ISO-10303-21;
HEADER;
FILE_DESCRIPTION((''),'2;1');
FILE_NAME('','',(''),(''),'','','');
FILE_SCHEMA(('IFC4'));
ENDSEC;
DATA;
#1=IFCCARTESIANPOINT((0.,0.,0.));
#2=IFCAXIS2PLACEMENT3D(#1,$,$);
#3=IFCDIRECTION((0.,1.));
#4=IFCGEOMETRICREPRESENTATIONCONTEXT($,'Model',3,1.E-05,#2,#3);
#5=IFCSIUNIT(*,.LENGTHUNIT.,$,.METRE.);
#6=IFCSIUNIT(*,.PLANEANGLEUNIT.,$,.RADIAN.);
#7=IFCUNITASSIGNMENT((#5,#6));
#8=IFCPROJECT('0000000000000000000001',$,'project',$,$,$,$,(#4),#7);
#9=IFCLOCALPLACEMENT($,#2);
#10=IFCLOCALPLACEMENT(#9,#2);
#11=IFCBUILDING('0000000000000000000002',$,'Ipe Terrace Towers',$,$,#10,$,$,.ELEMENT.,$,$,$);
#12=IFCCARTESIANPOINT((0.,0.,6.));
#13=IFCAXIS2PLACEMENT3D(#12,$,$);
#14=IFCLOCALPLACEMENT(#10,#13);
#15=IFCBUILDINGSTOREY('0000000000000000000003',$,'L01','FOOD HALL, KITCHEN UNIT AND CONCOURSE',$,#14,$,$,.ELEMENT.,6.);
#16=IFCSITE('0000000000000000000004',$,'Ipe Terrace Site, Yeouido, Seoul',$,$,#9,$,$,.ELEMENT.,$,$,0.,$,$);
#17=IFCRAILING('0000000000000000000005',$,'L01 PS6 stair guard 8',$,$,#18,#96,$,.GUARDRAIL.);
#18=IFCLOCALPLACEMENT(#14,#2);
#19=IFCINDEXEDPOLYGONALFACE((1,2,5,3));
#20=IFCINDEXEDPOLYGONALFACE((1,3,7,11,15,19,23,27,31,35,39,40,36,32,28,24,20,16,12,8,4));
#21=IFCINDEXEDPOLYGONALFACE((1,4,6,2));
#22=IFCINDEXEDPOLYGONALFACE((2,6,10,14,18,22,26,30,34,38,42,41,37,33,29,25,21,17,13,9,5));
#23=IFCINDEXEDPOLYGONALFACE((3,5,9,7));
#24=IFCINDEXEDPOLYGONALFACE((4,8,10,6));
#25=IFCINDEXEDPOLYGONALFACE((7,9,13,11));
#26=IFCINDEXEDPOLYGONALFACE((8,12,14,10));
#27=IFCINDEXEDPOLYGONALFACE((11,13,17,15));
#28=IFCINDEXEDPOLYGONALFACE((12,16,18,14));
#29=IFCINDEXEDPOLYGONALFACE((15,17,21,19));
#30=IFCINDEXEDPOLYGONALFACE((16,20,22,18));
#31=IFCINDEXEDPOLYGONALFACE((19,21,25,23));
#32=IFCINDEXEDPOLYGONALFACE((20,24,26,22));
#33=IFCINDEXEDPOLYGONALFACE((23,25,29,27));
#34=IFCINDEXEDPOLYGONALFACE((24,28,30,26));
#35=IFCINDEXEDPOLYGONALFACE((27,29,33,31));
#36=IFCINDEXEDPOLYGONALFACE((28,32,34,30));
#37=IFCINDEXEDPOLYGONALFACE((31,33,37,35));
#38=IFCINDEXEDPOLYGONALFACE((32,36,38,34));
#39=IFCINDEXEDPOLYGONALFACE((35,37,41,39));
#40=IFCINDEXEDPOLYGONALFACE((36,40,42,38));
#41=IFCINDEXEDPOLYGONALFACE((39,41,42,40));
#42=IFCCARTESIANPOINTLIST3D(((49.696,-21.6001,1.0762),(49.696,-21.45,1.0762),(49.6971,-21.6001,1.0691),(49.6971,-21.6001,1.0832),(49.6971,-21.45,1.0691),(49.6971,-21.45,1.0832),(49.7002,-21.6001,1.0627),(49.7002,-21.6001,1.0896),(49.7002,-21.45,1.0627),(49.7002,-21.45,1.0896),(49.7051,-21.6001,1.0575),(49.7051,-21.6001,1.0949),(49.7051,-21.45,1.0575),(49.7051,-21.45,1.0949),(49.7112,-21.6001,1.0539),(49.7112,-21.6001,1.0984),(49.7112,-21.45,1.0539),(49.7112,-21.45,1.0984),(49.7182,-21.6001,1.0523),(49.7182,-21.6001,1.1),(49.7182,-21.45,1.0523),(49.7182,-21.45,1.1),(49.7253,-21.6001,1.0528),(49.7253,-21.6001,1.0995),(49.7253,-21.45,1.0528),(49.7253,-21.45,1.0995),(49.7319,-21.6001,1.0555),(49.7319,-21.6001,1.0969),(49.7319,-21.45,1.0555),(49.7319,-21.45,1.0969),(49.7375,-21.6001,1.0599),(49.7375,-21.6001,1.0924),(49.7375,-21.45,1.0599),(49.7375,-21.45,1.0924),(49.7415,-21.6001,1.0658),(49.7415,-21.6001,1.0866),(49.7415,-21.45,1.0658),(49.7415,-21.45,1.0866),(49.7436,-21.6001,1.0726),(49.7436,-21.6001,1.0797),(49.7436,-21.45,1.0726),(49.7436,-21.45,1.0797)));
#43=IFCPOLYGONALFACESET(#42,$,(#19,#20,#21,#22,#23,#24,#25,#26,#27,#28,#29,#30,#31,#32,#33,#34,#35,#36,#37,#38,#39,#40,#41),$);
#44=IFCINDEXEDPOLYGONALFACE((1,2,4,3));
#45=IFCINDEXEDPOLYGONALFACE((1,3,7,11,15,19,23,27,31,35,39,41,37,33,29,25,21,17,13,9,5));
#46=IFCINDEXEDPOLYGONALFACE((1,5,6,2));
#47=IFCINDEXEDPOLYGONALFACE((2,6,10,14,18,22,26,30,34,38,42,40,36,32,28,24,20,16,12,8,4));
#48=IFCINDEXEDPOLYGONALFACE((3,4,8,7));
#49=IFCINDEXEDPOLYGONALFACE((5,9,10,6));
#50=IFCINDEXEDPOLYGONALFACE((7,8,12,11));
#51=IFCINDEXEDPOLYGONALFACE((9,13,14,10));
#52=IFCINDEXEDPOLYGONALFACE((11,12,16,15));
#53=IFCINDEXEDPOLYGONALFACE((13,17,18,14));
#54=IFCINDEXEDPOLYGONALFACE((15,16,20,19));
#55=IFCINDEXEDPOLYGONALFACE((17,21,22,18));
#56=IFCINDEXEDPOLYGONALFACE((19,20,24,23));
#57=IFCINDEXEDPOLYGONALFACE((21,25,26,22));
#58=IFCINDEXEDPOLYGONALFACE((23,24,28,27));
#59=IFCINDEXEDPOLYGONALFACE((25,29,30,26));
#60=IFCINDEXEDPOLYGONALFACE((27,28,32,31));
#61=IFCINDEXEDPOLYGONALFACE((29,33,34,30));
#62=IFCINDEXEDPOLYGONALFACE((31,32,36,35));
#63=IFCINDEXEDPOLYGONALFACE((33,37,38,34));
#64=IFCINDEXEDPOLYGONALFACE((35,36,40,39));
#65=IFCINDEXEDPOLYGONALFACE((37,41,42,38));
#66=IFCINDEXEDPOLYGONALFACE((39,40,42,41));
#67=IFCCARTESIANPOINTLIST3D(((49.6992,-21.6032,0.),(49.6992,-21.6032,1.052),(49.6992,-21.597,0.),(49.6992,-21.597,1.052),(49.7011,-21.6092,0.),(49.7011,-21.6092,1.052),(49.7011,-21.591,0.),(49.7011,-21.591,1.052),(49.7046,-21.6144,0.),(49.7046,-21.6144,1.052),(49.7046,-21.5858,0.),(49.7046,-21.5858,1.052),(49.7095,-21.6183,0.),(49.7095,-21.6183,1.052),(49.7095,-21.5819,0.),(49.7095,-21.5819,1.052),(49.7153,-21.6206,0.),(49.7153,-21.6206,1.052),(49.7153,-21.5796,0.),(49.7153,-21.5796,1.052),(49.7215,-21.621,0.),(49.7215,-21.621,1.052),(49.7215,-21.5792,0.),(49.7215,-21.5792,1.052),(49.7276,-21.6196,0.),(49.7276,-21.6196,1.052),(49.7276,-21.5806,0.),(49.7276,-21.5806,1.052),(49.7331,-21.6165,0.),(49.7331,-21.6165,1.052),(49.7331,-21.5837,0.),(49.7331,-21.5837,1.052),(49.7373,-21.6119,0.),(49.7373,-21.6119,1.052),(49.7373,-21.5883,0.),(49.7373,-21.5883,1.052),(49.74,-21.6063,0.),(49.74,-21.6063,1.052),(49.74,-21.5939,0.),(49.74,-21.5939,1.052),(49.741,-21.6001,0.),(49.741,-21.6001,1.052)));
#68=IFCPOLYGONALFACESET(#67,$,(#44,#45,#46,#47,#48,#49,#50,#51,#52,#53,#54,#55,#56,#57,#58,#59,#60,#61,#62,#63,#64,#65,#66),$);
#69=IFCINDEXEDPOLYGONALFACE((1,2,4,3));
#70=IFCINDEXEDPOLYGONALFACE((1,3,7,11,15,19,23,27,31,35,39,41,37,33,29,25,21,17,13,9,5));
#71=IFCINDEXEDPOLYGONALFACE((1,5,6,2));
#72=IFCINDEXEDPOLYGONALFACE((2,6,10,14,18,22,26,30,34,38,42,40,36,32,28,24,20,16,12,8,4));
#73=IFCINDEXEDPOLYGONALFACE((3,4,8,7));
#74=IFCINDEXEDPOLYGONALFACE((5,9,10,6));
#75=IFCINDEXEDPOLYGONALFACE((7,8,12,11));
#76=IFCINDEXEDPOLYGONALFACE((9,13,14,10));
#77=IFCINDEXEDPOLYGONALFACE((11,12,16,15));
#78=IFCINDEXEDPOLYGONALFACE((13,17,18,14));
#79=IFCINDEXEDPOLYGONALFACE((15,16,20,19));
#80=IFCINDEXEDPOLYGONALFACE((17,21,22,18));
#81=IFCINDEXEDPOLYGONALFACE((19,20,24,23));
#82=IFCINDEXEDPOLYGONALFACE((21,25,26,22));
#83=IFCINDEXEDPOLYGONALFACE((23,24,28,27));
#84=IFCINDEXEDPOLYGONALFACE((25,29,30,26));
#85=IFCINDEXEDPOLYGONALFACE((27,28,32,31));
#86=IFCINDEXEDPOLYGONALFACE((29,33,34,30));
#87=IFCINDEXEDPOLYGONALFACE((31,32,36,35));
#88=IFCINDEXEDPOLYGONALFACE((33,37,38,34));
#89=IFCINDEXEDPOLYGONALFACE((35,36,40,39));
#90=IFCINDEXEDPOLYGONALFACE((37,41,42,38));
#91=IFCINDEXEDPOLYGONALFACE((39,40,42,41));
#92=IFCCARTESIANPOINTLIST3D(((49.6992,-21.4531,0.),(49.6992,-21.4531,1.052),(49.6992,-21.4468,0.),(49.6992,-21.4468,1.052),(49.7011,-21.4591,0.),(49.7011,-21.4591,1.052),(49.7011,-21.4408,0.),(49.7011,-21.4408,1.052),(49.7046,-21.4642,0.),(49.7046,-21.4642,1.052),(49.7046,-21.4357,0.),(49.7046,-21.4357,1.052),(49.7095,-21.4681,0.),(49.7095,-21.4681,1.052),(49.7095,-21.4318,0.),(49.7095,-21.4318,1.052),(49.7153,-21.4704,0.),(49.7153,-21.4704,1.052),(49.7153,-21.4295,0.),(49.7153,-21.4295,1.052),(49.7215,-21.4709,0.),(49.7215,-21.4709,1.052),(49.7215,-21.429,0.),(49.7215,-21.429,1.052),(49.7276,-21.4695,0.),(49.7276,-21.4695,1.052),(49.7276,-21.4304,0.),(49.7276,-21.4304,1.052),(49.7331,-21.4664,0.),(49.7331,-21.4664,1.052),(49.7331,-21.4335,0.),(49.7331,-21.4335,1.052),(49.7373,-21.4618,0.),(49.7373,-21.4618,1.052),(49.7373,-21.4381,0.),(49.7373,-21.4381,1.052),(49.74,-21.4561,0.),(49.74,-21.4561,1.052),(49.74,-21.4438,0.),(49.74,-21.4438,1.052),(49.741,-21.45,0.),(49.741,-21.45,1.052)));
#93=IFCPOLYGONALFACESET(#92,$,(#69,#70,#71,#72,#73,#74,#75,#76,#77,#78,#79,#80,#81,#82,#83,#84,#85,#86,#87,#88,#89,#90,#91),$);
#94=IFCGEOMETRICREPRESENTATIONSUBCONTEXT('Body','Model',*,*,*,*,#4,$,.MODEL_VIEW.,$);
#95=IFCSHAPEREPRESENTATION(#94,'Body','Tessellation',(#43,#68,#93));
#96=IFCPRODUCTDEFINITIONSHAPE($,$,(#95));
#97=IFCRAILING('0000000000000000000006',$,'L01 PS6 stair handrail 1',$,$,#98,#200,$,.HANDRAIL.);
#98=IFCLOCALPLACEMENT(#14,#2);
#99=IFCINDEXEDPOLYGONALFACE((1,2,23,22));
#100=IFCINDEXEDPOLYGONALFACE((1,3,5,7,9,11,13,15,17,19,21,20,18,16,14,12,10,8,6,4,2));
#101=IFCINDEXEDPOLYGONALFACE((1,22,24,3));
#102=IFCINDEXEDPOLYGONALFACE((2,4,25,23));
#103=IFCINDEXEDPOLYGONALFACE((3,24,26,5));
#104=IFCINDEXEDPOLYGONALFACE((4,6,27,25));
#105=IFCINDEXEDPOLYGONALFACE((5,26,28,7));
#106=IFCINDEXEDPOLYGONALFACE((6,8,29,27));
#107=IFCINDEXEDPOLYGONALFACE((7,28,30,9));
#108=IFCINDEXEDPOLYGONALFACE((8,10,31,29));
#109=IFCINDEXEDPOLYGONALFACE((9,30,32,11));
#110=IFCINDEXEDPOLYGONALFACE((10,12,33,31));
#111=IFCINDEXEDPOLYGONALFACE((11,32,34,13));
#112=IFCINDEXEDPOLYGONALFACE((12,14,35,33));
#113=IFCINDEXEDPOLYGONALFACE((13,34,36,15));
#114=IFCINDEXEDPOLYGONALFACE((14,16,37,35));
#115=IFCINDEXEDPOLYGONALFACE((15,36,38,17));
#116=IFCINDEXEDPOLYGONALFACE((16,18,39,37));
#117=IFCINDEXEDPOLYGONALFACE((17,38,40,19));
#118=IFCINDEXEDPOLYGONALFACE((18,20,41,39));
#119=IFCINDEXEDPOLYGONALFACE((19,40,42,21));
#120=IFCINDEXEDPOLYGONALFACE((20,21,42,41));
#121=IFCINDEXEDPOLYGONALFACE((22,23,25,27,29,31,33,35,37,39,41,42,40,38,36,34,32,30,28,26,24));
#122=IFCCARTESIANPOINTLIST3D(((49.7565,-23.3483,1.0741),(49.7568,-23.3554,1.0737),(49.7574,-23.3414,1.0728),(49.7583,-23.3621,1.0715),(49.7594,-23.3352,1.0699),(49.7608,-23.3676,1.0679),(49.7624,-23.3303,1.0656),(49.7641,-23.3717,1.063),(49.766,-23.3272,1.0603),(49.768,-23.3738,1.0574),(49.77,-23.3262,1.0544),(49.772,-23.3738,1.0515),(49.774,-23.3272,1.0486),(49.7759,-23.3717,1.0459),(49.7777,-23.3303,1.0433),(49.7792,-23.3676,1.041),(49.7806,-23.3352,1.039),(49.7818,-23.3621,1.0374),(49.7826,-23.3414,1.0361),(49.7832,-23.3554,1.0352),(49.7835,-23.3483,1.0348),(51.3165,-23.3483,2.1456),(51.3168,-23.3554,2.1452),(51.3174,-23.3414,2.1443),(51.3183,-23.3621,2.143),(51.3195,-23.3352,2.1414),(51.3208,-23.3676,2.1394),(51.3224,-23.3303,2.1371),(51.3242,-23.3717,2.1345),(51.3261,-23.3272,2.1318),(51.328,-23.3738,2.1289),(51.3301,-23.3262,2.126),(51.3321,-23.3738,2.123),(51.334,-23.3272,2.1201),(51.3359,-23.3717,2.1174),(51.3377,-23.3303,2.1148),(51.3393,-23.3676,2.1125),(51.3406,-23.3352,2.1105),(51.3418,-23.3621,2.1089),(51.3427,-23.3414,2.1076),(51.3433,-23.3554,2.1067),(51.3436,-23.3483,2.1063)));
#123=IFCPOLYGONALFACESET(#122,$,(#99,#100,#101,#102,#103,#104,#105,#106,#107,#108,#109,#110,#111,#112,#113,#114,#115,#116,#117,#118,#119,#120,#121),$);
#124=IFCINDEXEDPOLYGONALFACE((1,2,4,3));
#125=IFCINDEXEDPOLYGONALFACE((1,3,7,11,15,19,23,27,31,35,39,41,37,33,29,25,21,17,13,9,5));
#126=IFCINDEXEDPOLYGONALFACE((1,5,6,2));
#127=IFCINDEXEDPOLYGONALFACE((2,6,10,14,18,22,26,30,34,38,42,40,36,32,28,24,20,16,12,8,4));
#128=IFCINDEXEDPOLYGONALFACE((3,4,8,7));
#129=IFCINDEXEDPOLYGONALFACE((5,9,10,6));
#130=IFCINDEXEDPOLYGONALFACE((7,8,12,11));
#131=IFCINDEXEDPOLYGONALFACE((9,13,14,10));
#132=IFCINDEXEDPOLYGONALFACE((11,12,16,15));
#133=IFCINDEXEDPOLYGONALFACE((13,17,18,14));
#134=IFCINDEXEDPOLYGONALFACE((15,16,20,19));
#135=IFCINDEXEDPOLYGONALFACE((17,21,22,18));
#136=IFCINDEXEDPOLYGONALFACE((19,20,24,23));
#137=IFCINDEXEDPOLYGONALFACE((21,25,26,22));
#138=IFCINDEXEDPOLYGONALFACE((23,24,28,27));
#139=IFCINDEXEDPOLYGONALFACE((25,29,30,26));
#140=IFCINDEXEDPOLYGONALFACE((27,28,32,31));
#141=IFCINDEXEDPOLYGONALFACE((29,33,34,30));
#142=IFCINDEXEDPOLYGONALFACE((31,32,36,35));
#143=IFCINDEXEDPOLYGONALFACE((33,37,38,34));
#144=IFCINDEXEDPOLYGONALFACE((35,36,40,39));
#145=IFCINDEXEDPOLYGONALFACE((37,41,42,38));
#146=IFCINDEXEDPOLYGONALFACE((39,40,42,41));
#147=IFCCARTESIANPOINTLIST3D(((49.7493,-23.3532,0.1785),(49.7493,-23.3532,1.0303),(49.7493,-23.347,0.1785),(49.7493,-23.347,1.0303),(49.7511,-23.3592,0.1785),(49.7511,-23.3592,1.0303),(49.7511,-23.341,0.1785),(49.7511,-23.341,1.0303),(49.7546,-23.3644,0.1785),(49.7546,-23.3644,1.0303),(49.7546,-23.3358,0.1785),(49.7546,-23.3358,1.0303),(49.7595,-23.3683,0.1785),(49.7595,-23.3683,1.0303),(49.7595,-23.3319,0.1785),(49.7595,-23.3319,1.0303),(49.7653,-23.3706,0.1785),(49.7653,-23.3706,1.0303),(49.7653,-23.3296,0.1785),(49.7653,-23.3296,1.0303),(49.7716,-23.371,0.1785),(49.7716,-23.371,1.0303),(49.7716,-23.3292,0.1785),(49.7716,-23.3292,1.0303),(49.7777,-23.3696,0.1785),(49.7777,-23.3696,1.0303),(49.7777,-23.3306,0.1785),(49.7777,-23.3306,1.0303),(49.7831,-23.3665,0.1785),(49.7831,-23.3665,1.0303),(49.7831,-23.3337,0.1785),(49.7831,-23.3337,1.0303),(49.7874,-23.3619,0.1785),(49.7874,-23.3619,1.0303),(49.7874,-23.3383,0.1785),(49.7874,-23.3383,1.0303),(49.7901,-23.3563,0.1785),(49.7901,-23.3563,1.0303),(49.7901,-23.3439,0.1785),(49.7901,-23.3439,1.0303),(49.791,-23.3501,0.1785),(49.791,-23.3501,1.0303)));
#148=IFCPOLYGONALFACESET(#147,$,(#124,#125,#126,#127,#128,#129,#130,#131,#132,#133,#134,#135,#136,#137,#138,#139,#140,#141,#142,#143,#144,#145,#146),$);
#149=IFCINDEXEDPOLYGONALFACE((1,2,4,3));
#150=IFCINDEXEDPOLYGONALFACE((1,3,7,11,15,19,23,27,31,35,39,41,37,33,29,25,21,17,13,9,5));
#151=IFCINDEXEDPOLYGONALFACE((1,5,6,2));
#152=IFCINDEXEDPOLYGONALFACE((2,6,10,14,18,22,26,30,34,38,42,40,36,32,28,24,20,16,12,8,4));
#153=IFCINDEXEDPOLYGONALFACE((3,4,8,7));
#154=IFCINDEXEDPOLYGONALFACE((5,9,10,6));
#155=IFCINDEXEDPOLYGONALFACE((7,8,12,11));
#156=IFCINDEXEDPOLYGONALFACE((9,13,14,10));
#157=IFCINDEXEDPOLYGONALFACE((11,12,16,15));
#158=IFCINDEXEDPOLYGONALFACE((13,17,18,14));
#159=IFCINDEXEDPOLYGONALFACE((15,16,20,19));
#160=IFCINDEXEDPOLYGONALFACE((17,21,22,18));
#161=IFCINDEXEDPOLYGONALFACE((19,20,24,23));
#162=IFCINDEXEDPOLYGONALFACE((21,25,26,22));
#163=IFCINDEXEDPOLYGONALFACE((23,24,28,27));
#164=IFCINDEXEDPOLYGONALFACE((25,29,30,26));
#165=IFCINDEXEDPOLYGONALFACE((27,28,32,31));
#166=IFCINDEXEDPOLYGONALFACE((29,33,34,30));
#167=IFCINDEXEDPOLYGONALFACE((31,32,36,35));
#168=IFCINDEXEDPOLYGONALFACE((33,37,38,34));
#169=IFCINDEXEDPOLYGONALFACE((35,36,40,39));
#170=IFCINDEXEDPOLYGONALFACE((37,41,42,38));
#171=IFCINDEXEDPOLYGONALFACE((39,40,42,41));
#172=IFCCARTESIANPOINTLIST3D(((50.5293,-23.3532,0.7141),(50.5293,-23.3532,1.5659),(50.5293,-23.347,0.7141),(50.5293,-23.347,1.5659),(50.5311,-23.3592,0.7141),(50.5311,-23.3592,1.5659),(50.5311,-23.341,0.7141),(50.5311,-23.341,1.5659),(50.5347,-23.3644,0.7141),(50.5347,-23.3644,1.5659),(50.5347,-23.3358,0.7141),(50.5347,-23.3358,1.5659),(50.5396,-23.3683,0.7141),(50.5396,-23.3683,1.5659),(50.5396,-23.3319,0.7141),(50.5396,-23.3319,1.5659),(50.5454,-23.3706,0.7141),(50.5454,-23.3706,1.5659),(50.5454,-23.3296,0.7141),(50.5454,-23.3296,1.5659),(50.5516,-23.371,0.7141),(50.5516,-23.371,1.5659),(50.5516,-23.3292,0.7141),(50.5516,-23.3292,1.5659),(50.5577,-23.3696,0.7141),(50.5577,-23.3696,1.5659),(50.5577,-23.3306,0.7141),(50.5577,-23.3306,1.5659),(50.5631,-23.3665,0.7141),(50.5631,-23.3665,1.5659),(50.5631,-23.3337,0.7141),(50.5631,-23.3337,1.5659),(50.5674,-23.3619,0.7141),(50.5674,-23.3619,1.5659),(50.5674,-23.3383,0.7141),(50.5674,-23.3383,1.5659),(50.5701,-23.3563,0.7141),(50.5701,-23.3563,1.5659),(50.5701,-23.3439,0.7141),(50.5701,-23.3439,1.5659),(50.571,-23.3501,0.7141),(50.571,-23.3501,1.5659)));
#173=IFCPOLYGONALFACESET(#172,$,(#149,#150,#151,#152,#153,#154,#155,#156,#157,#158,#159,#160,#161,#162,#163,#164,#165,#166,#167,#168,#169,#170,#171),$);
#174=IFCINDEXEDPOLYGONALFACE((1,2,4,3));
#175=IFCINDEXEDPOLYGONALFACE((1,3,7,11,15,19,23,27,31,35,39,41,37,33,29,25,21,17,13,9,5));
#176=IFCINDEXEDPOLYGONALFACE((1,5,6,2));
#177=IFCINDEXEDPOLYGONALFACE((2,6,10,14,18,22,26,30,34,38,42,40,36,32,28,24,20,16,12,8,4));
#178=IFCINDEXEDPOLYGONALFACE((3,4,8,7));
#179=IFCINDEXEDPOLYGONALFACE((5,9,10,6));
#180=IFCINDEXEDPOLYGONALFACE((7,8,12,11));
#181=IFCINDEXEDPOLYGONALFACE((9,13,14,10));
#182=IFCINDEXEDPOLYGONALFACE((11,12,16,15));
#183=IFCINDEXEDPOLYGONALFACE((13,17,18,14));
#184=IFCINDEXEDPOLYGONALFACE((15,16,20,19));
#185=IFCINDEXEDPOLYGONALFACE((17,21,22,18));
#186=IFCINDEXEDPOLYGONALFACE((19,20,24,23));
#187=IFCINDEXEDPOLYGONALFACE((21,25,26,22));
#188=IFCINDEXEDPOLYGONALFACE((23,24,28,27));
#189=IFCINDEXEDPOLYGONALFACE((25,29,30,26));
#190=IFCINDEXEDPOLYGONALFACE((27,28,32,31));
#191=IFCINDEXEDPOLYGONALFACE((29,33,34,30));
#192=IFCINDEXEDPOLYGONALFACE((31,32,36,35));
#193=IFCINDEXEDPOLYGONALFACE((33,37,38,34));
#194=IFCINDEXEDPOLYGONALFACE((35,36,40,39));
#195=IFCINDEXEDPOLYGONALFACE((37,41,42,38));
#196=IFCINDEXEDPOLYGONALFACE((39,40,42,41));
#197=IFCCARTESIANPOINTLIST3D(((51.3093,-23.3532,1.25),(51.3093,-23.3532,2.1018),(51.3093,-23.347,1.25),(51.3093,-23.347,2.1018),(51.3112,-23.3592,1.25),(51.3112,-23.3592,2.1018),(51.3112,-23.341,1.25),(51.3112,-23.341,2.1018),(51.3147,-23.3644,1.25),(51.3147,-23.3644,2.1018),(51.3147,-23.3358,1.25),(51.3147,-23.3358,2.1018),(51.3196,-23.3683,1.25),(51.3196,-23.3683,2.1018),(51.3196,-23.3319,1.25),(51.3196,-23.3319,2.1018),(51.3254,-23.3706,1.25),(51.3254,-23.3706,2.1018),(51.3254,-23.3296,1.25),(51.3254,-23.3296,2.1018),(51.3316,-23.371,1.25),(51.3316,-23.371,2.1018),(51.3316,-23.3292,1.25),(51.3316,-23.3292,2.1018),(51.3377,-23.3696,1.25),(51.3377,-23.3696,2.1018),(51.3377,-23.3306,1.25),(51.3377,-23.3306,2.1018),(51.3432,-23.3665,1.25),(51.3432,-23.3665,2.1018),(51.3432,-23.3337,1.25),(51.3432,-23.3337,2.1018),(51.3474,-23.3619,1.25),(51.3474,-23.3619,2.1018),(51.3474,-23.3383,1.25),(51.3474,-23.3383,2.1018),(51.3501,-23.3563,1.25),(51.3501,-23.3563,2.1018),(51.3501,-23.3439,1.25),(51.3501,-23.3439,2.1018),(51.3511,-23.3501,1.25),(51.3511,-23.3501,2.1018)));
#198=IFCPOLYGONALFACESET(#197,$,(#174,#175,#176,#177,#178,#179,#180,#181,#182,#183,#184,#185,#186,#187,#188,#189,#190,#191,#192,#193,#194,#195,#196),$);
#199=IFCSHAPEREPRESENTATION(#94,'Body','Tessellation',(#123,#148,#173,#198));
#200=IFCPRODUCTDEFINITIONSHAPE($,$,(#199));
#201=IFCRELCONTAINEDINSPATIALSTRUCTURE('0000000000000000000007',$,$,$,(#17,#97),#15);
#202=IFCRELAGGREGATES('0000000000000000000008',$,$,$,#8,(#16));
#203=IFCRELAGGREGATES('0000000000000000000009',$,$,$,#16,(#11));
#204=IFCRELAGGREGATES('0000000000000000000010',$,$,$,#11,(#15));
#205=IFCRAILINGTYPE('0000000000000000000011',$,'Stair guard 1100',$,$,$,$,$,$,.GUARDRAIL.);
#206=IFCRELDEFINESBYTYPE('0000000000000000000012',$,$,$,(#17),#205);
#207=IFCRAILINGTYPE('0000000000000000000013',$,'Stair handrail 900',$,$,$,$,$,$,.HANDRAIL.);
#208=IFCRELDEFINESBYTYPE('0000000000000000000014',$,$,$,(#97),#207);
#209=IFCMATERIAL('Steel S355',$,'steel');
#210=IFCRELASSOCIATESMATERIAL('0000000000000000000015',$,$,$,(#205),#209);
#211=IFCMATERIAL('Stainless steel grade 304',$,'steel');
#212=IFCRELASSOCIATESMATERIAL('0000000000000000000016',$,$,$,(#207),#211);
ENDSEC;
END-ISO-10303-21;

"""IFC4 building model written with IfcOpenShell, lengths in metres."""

from ifc_helpers import new_model, si_unit, direction, frame, origin, origin_2d, place, context, subcontext, project, spatial, circle, extrude, material, type_object, element, save


model = new_model("IFC4")

# Units and contexts
model_context = context("Model", 3, precision=1e-05, world=origin(), true_north=direction((0.0, 1.0)))
body_context = subcontext(model_context, "Body", "Model", "MODEL_VIEW")
ifc_project = project(units=[si_unit("LENGTHUNIT", "METRE"), si_unit("PLANEANGLEUNIT", "RADIAN")], contexts=[model_context])

# Site, building, storey
site_placement = place(None, origin())
site = spatial("IfcSite", under=ifc_project, at=site_placement, Name="Ipe Terrace Site, Yeouido, Seoul", CompositionType="ELEMENT", RefElevation=0.0)
building_placement = place(site_placement, origin())
building = spatial("IfcBuilding", under=site, at=building_placement, Name="Ipe Terrace Towers", CompositionType="ELEMENT")
storey_placement = place(building_placement, frame((0.0, 0.0, 6.0)))
storey = spatial("IfcBuildingStorey", under=building, at=storey_placement, Name="L01", Description="FOOD HALL, KITCHEN UNIT AND CONCOURSE", CompositionType="ELEMENT", Elevation=6.0)

# Railings
ifc_material_1 = material(Name="Steel S355", Category="steel")
railing_type_1 = type_object("IfcRailingType", Name="Stair guard 1100", PredefinedType="GUARDRAIL", material=ifc_material_1)
for number, where, name in (
    (1, (49.72, -21.6001, 0.0), "L01 PS6 stair guard 8"),
):
    element("IfcRailing", number, at=place(storey_placement, frame(where)), inside=storey, type_object=railing_type_1, Name=name, PredefinedType="GUARDRAIL", context=body_context, shape_type="SweptSolid", body=[
        extrude(circle(Radius=0.0239, at=origin_2d()), frame((0.0, 0.0, 1.0762), z_axis=(0.0, 1.0, 0.0), x_axis=(-1.0, 0.0, 0.0)), (0.0, 0.0, 1.0), 0.1501),
        extrude(circle(Radius=0.021, at=origin_2d()), origin(), (0.0, 0.0, 1.0), 1.052),
        extrude(circle(Radius=0.021, at=origin_2d()), frame((0.0, 0.1501, 0.0)), (0.0, 0.0, 1.0), 1.052),
    ])
ifc_material_2 = material(Name="Stainless steel grade 304", Category="steel")
railing_type_2 = type_object("IfcRailingType", Name="Stair handrail 900", PredefinedType="HANDRAIL", material=ifc_material_2)
for number, where, name in (
    (2, (49.77, -23.3501, 0.1785), "L01 PS6 stair handrail 1"),
):
    element("IfcRailing", number, at=place(storey_placement, frame(where)), inside=storey, type_object=railing_type_2, Name=name, PredefinedType="HANDRAIL", context=body_context, shape_type="SweptSolid", body=[
        extrude(circle(Radius=0.0239, at=origin_2d()), frame((0.0, 0.0, 0.876), z_axis=(0.82429, 0.0, 0.566167), x_axis=(0.0, 1.0, 0.0)), (0.0, 0.0, 1.0), 1.8926),
        extrude(circle(Radius=0.021, at=origin_2d()), origin(), (0.0, 0.0, 1.0), 0.8518),
        extrude(circle(Radius=0.021, at=origin_2d()), frame((0.78, 0.0, 0.5356)), (0.0, 0.0, 1.0), 0.8518),
        extrude(circle(Radius=0.021, at=origin_2d()), frame((1.5601, 0.0, 1.0715)), (0.0, 0.0, 1.0), 0.8518),
    ])

save(model, "model.ifc")
